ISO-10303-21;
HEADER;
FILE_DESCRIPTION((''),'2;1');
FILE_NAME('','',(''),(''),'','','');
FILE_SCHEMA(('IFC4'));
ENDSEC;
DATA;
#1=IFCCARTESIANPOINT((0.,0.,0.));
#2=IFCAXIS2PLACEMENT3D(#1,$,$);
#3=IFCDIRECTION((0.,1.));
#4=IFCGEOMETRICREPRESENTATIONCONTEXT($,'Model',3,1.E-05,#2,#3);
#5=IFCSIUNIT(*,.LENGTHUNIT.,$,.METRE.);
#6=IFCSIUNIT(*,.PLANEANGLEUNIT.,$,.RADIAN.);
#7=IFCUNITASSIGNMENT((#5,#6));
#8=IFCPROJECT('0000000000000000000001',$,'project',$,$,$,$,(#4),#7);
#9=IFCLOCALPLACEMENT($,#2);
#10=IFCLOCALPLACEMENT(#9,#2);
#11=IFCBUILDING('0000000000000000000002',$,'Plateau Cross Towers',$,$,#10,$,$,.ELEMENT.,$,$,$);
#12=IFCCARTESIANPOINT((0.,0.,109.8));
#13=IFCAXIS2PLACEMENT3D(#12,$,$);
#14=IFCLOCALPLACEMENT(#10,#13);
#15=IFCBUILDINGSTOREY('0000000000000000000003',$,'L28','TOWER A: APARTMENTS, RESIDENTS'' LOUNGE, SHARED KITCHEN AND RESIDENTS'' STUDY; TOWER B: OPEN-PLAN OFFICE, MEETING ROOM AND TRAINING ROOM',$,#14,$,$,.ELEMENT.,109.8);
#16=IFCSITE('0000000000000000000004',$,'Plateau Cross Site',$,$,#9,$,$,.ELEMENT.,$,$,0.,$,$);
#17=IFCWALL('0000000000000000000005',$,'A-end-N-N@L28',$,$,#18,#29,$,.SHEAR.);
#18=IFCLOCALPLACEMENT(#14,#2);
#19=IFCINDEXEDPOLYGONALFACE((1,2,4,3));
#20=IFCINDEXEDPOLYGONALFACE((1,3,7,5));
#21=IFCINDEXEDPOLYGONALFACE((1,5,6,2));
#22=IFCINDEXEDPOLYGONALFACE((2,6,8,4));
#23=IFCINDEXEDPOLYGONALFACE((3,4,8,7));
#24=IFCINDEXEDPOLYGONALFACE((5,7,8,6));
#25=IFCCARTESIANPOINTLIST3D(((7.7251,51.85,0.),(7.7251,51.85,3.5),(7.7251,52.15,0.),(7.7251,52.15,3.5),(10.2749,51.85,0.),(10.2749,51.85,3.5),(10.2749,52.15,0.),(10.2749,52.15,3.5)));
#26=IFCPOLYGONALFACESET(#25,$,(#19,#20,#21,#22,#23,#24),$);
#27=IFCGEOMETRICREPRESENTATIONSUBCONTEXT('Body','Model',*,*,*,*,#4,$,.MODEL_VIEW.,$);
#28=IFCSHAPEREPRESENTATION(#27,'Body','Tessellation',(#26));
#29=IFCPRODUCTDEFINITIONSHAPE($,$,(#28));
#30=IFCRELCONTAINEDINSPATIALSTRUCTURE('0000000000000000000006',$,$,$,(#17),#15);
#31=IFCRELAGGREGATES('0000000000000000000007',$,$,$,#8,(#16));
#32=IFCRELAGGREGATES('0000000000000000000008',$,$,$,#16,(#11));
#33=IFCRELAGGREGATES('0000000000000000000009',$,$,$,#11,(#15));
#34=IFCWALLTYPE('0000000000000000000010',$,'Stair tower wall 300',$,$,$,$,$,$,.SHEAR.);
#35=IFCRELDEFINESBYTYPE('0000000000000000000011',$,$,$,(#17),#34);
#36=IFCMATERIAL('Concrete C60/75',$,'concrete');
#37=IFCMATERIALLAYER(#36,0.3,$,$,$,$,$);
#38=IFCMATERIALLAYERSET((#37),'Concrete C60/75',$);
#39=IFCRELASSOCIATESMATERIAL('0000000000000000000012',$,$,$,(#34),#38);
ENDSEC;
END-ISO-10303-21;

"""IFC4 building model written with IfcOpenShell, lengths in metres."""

from ifc_helpers import new_model, si_unit, direction, frame, frame_2d, origin, place, context, subcontext, project, spatial, rectangle, extrude, material, layer, layer_set, type_object, element, save


model = new_model("IFC4")

# Units and contexts
model_context = context("Model", 3, precision=1e-05, world=origin(), true_north=direction((0.0, 1.0)))
body_context = subcontext(model_context, "Body", "Model", "MODEL_VIEW")
ifc_project = project(units=[si_unit("LENGTHUNIT", "METRE"), si_unit("PLANEANGLEUNIT", "RADIAN")], contexts=[model_context])

# Site, building, storey
site_placement = place(None, origin())
site = spatial("IfcSite", under=ifc_project, at=site_placement, Name="Plateau Cross Site", CompositionType="ELEMENT", RefElevation=0.0)
building_placement = place(site_placement, origin())
building = spatial("IfcBuilding", under=site, at=building_placement, Name="Plateau Cross Towers", CompositionType="ELEMENT")
storey_placement = place(building_placement, frame((0.0, 0.0, 109.8)))
storey = spatial("IfcBuildingStorey", under=building, at=storey_placement, Name="L28", Description="TOWER A: APARTMENTS, RESIDENTS' LOUNGE, SHARED KITCHEN AND RESIDENTS' STUDY; TOWER B: OPEN-PLAN OFFICE, MEETING ROOM AND TRAINING ROOM", CompositionType="ELEMENT", Elevation=109.8)

# Shared definitions
ifc_material_1 = material(Name="Concrete C60/75", Category="concrete")

# Wall
ifc_layer_1 = layer(ifc_material_1, 0.3)
ifc_layer_set_1 = layer_set([ifc_layer_1], Name="Concrete C60/75")
wall_type_1 = type_object("IfcWallType", Name="Stair tower wall 300", PredefinedType="SHEAR", material=ifc_layer_set_1)
wall_1_placement = place(storey_placement, frame((7.7251, 52.0, 0.0), z_axis=(0.0, 0.0, 1.0), x_axis=(1.0, 0.0, 0.0)))
element("IfcWall", 1, at=wall_1_placement, inside=storey, type_object=wall_type_1, Name="A-end-N-N@L28", PredefinedType="SHEAR", context=body_context, shape_type="SweptSolid", body=[
    extrude(rectangle(XDim=2.5498, YDim=0.3, at=frame_2d((1.2749, 0.0))), origin(), (0.0, 0.0, 1.0), 3.5),
])

save(model, "model.ifc")
